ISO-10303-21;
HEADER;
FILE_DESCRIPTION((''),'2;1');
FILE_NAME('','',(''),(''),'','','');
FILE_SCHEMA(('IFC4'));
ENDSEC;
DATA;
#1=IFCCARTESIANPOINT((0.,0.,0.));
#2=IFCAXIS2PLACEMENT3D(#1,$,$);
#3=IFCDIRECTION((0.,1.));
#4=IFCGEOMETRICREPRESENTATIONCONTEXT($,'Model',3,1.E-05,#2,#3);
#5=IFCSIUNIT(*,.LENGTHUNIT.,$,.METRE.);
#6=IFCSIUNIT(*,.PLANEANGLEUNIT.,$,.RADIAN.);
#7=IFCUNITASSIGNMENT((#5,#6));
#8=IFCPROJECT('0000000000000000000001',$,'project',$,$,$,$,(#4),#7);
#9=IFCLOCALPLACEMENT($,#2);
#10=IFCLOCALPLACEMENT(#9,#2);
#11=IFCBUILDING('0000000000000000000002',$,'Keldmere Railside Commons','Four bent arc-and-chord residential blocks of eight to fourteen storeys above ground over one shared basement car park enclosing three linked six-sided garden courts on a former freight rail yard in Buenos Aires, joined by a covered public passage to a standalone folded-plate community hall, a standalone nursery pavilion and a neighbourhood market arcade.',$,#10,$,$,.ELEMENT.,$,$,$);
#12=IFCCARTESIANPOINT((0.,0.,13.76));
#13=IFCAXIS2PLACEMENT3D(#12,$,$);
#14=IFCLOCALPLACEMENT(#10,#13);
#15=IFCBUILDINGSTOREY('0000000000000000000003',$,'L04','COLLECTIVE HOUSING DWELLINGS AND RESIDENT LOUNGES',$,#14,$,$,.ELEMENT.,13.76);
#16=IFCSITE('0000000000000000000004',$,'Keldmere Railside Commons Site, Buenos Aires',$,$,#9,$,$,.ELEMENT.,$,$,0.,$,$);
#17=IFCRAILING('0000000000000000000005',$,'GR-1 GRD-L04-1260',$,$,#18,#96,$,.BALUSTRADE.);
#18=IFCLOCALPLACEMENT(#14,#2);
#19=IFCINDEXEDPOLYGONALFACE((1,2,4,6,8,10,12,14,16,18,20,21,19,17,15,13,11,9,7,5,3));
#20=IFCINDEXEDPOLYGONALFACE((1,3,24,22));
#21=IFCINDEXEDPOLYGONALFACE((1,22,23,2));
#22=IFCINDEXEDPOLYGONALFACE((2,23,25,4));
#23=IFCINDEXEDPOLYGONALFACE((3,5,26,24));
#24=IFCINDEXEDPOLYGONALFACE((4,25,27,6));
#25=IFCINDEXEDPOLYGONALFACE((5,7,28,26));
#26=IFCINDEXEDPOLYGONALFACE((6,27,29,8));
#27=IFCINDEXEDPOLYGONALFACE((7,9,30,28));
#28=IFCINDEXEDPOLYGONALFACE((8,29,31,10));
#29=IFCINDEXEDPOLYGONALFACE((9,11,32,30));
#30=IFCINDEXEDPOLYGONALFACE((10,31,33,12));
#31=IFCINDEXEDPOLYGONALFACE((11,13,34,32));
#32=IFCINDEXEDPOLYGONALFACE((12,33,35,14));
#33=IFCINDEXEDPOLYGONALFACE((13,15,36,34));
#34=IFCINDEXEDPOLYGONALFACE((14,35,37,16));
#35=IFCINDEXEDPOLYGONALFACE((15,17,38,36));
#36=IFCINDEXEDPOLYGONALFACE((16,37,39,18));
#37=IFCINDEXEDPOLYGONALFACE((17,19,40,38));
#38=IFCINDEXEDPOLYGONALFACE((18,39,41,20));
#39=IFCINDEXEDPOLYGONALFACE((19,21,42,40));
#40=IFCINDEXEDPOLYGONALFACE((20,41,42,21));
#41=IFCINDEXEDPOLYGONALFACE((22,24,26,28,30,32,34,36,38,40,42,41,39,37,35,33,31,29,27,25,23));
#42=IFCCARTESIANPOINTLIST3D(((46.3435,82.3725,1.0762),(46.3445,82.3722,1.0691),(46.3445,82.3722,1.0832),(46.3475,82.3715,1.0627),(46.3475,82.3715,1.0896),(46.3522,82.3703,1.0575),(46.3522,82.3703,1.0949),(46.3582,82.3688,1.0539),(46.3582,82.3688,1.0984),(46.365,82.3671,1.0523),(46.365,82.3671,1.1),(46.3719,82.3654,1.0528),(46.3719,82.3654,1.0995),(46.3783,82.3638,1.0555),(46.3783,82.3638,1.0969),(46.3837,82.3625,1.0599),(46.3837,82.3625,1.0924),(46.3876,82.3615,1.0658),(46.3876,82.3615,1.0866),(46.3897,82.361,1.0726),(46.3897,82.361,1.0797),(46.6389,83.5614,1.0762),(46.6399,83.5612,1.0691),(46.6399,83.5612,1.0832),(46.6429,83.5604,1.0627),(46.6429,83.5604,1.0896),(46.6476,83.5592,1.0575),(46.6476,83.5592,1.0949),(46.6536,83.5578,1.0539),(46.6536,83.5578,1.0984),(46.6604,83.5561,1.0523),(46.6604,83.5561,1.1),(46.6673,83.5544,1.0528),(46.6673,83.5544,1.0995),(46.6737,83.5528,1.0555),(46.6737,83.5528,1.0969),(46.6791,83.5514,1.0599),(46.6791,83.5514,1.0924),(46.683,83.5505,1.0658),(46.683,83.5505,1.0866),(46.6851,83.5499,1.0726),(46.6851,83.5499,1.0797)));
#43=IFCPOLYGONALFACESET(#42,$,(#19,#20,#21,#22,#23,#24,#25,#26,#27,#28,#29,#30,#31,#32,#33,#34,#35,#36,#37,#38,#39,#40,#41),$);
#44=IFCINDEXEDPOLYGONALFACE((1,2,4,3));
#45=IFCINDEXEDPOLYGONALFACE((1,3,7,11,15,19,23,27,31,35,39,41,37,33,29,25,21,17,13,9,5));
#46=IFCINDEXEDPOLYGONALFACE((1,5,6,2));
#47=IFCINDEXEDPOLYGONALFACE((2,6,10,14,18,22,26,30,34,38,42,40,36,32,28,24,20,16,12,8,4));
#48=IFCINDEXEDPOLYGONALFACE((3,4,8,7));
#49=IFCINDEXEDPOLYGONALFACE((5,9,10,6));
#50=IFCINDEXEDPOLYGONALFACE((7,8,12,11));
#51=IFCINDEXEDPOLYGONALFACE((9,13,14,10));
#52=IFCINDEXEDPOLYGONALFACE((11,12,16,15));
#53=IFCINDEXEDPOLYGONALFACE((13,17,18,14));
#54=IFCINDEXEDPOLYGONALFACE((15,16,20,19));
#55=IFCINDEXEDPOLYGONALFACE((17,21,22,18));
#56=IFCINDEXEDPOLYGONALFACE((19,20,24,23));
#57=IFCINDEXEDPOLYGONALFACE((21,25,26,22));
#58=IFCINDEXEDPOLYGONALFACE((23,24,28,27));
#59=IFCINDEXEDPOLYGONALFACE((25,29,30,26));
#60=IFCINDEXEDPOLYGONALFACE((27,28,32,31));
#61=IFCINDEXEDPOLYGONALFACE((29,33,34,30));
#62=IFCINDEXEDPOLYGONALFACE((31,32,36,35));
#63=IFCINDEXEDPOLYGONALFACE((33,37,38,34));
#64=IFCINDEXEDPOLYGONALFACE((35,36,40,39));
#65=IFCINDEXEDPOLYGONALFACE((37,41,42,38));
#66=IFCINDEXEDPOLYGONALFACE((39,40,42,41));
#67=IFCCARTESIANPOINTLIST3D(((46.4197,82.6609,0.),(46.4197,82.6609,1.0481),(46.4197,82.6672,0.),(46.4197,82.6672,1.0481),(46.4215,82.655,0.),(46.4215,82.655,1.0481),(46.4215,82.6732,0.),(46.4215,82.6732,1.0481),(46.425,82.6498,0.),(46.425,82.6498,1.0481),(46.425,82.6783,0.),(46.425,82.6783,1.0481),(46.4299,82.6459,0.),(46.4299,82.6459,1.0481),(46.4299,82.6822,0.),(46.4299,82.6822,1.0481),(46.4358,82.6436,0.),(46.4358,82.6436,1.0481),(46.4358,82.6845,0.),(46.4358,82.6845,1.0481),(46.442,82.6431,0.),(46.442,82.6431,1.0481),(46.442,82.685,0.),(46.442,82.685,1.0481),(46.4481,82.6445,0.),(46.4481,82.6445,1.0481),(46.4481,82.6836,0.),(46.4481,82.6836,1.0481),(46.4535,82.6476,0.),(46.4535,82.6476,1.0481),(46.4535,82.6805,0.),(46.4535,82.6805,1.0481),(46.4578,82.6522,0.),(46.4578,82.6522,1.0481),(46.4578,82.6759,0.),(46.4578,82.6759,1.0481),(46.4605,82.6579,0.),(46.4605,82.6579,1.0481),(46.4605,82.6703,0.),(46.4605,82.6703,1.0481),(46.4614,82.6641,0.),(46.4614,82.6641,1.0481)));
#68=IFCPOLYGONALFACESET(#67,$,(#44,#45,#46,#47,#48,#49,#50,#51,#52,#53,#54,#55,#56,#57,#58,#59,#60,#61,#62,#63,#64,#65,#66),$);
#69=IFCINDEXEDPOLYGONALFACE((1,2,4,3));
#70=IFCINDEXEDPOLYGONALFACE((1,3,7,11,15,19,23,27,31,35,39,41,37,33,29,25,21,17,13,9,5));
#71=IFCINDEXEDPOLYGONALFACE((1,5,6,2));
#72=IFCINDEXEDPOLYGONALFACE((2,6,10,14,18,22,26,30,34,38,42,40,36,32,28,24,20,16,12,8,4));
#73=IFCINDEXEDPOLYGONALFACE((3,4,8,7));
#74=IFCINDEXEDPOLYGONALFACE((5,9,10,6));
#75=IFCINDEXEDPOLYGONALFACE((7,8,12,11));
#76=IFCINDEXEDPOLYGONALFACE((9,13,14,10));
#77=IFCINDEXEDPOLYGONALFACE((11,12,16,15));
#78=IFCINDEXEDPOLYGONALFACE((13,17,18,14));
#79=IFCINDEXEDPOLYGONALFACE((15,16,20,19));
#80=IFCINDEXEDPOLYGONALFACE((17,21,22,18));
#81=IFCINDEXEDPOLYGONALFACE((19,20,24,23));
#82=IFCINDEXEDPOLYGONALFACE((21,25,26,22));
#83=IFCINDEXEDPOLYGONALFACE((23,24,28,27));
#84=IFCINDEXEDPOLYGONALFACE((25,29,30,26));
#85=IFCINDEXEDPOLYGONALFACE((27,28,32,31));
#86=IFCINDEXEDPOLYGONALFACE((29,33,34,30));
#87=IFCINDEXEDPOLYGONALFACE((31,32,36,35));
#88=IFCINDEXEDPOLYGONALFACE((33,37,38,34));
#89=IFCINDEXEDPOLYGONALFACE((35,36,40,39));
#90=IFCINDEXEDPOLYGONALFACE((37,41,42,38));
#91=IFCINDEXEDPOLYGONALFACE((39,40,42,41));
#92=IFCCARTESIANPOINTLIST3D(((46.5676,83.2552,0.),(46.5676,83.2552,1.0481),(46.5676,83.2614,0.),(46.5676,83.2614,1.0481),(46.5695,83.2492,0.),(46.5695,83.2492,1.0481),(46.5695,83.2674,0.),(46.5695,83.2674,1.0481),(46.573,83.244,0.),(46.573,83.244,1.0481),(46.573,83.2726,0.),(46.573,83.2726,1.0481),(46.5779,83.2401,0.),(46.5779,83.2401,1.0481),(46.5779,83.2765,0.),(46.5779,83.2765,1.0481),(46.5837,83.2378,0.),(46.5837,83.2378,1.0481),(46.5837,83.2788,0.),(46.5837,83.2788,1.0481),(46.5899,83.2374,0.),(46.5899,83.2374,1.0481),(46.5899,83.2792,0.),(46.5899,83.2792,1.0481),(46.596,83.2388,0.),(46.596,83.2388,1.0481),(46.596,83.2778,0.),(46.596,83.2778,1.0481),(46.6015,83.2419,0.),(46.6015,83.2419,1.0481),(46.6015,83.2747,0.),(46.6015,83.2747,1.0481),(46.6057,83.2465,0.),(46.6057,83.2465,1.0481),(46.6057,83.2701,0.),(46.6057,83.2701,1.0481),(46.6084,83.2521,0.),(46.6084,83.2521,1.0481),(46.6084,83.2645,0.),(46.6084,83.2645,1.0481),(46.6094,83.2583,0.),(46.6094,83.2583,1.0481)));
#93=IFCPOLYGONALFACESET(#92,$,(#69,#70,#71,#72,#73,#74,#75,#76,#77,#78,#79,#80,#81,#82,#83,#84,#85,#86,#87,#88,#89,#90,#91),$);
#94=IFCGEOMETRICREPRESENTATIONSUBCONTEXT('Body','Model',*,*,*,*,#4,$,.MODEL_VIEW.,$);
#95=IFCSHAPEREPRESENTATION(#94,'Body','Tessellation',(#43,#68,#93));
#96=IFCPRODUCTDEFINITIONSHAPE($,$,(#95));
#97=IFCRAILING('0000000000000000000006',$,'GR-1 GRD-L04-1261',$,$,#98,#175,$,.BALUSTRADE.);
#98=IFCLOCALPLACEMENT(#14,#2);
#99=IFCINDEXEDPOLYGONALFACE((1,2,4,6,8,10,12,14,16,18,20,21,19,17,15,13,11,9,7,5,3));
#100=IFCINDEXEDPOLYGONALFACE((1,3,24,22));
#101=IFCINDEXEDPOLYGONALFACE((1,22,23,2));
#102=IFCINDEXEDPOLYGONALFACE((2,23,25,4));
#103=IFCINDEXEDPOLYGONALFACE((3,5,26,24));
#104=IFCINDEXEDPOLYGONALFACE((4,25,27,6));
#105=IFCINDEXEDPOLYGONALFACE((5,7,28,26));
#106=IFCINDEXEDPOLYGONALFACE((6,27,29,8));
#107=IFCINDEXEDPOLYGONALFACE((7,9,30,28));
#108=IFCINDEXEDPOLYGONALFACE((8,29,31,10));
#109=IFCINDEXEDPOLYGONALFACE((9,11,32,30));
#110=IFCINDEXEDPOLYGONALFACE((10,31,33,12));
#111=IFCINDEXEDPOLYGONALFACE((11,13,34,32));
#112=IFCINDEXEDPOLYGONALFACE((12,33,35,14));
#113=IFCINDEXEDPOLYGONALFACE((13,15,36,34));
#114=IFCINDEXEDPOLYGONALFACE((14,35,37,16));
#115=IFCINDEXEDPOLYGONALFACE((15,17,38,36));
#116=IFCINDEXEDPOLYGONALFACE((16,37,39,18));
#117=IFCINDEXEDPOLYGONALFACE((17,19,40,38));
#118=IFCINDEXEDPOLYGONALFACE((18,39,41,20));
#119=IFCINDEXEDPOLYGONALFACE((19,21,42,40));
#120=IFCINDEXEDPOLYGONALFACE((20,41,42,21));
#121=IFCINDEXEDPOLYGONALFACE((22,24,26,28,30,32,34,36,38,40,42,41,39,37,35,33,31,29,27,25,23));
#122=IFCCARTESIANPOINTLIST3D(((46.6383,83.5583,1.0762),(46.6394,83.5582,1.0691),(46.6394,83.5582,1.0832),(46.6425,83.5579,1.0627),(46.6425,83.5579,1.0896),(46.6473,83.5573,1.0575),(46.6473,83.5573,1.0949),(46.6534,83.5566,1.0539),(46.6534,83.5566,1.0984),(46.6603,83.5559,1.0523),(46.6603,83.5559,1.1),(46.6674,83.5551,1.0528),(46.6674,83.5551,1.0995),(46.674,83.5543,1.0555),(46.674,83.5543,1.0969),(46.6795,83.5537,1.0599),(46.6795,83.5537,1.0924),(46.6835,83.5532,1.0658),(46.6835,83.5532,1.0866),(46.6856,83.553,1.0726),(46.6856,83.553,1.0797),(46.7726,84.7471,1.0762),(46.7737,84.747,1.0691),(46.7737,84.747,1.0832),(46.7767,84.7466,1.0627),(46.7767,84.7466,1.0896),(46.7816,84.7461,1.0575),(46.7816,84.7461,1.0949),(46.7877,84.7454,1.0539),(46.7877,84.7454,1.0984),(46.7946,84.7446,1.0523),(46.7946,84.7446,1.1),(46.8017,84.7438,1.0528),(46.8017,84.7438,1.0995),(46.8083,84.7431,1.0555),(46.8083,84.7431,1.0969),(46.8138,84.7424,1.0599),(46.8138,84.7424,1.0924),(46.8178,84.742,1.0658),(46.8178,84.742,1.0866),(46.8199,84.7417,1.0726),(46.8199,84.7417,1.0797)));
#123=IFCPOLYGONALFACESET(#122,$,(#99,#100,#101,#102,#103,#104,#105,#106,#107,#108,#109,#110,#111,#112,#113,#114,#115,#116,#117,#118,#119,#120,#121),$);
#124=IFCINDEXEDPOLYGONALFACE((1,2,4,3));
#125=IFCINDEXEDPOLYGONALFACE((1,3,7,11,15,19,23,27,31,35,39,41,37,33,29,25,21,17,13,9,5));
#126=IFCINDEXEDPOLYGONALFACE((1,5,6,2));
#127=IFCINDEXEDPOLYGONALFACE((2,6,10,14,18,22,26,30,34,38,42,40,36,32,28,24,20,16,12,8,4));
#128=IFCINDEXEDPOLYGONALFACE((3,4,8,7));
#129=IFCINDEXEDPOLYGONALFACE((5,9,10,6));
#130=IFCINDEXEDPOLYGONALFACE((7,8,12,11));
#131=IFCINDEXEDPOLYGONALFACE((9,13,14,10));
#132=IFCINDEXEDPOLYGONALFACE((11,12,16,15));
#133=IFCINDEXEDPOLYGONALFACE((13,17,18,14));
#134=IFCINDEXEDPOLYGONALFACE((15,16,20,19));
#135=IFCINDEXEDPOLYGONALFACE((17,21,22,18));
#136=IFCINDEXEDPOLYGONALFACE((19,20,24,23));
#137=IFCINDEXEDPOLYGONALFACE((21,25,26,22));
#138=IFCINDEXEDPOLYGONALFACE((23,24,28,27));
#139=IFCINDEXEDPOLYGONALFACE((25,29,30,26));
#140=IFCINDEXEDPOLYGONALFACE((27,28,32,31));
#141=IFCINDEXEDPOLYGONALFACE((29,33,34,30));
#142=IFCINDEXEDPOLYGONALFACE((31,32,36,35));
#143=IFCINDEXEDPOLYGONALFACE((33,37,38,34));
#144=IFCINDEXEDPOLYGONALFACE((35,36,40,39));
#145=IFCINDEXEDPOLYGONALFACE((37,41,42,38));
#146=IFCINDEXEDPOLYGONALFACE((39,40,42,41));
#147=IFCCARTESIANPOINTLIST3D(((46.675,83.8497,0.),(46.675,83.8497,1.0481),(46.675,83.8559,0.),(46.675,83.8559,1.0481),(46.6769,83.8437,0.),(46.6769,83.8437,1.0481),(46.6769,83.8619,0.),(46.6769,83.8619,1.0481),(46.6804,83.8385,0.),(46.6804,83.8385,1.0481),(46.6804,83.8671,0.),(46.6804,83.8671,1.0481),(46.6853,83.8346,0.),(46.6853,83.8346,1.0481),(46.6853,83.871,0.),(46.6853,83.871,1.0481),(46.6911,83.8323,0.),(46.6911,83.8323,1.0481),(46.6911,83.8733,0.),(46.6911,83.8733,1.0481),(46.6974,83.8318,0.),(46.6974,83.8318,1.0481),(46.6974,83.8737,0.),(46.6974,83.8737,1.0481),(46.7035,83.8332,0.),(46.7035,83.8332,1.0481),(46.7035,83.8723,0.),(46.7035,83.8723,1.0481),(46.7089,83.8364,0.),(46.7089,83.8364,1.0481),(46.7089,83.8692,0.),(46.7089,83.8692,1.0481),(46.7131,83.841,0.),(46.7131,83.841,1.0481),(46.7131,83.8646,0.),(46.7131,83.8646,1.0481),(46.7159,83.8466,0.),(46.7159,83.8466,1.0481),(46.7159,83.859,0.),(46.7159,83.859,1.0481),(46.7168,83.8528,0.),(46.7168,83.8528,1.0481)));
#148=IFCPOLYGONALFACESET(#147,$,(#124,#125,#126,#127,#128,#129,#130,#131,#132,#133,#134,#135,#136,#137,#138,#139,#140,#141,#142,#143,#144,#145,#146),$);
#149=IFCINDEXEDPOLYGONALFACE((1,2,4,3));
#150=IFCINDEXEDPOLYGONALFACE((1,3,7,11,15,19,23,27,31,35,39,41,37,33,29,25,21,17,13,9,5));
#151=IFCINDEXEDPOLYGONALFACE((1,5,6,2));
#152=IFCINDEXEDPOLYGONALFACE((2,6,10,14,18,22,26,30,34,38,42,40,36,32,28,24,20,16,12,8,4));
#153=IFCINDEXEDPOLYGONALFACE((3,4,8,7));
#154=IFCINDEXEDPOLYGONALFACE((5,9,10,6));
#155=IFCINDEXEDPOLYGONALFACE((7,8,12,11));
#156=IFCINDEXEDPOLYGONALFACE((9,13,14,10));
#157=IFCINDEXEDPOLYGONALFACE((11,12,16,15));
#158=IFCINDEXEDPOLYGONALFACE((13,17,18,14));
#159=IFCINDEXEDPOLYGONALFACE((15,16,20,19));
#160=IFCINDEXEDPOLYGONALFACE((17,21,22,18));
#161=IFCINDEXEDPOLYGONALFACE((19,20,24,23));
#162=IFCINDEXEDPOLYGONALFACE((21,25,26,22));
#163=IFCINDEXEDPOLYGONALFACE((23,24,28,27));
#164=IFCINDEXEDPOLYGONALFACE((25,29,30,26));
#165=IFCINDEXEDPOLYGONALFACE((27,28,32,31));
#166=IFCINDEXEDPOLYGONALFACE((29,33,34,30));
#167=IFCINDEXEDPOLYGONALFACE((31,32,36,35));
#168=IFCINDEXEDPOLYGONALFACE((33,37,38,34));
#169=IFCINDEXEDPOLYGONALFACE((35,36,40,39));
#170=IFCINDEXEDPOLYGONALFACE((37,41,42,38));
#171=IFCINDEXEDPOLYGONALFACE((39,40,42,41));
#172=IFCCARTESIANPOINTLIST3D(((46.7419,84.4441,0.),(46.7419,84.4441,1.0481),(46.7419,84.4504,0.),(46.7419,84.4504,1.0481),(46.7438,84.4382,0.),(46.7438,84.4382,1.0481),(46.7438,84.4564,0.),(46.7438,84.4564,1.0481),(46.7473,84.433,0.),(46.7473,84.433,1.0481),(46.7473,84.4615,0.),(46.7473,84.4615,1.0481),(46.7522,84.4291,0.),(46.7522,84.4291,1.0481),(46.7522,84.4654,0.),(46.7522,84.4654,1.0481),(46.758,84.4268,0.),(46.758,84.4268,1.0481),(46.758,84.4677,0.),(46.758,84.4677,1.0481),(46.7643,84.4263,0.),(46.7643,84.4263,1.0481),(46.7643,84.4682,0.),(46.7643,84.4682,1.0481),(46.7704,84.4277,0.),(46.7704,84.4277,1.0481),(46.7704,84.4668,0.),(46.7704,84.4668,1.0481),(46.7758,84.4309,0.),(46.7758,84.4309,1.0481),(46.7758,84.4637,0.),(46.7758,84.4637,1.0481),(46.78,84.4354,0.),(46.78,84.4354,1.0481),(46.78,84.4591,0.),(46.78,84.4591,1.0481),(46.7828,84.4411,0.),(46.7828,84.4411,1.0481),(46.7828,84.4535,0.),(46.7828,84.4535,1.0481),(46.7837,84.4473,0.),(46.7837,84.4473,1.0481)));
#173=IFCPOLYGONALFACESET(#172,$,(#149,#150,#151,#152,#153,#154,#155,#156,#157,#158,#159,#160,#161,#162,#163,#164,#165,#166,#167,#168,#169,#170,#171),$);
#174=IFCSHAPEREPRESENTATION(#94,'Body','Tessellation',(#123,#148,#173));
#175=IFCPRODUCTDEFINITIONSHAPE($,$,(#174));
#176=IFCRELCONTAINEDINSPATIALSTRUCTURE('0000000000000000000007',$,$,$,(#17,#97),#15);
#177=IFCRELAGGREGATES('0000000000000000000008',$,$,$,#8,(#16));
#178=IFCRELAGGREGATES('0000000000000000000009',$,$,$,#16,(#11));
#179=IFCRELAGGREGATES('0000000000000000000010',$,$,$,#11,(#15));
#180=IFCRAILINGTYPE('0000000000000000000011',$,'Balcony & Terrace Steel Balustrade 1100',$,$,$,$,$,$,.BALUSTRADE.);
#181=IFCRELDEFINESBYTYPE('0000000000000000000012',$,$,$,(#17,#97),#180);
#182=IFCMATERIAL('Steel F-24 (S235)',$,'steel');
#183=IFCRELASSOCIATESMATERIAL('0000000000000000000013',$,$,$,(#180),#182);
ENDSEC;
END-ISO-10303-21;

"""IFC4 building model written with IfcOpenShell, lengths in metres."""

from ifc_helpers import new_model, si_unit, direction, frame, origin, origin_2d, place, context, subcontext, project, spatial, circle, extrude, material, type_object, element, save


model = new_model("IFC4")

# Units and contexts
model_context = context("Model", 3, precision=1e-05, world=origin(), true_north=direction((0.0, 1.0)))
body_context = subcontext(model_context, "Body", "Model", "MODEL_VIEW")
ifc_project = project(units=[si_unit("LENGTHUNIT", "METRE"), si_unit("PLANEANGLEUNIT", "RADIAN")], contexts=[model_context])

# Site, building, storey
site_placement = place(None, origin())
site = spatial("IfcSite", under=ifc_project, at=site_placement, Name="Keldmere Railside Commons Site, Buenos Aires", CompositionType="ELEMENT", RefElevation=0.0)
building_placement = place(site_placement, origin())
building = spatial("IfcBuilding", under=site, at=building_placement, Name="Keldmere Railside Commons", Description="Four bent arc-and-chord residential blocks of eight to fourteen storeys above ground over one shared basement car park enclosing three linked six-sided garden courts on a former freight rail yard in Buenos Aires, joined by a covered public passage to a standalone folded-plate community hall, a standalone nursery pavilion and a neighbourhood market arcade.", CompositionType="ELEMENT")
storey_placement = place(building_placement, frame((0.0, 0.0, 13.76)))
storey = spatial("IfcBuildingStorey", under=building, at=storey_placement, Name="L04", Description="COLLECTIVE HOUSING DWELLINGS AND RESIDENT LOUNGES", CompositionType="ELEMENT", Elevation=13.76)

# Railings
ifc_material_1 = material(Name="Steel F-24 (S235)", Category="steel")
railing_type = type_object("IfcRailingType", Name="Balcony & Terrace Steel Balustrade 1100", PredefinedType="BALUSTRADE", material=ifc_material_1)
railing_1_placement = place(storey_placement, frame((46.3667, 82.3667, 0.0)))
element("IfcRailing", 1, at=railing_1_placement, inside=storey, type_object=railing_type, Name="GR-1 GRD-L04-1260", PredefinedType="BALUSTRADE", context=body_context, shape_type="SweptSolid", body=[
    extrude(circle(Radius=0.0239, at=origin_2d()), frame((0.0, 0.0, 1.0762), z_axis=(0.241129, 0.970493, 0.0), x_axis=(-0.970493, 0.241129, 0.0)), (0.0, 0.0, 1.0), 1.2251),
    extrude(circle(Radius=0.021, at=origin_2d()), frame((0.0737, 0.2974, 0.0)), (0.0, 0.0, 1.0), 1.0481),
    extrude(circle(Radius=0.021, at=origin_2d()), frame((0.2217, 0.8916, 0.0)), (0.0, 0.0, 1.0), 1.0481),
])
railing_2_placement = place(storey_placement, frame((46.6621, 83.5557, 0.0)))
element("IfcRailing", 2, at=railing_2_placement, inside=storey, type_object=railing_type, Name="GR-1 GRD-L04-1261", PredefinedType="BALUSTRADE", context=body_context, shape_type="SweptSolid", body=[
    extrude(circle(Radius=0.0239, at=origin_2d()), frame((0.0, 0.0, 1.0762), z_axis=(0.112246, 0.99368, 0.0), x_axis=(-0.99368, 0.112246, 0.0)), (0.0, 0.0, 1.0), 1.1963),
    extrude(circle(Radius=0.021, at=origin_2d()), frame((0.0337, 0.2971, 0.0)), (0.0, 0.0, 1.0), 1.0481),
    extrude(circle(Radius=0.021, at=origin_2d()), frame((0.1006, 0.8916, 0.0)), (0.0, 0.0, 1.0), 1.0481),
])

save(model, "model.ifc")
